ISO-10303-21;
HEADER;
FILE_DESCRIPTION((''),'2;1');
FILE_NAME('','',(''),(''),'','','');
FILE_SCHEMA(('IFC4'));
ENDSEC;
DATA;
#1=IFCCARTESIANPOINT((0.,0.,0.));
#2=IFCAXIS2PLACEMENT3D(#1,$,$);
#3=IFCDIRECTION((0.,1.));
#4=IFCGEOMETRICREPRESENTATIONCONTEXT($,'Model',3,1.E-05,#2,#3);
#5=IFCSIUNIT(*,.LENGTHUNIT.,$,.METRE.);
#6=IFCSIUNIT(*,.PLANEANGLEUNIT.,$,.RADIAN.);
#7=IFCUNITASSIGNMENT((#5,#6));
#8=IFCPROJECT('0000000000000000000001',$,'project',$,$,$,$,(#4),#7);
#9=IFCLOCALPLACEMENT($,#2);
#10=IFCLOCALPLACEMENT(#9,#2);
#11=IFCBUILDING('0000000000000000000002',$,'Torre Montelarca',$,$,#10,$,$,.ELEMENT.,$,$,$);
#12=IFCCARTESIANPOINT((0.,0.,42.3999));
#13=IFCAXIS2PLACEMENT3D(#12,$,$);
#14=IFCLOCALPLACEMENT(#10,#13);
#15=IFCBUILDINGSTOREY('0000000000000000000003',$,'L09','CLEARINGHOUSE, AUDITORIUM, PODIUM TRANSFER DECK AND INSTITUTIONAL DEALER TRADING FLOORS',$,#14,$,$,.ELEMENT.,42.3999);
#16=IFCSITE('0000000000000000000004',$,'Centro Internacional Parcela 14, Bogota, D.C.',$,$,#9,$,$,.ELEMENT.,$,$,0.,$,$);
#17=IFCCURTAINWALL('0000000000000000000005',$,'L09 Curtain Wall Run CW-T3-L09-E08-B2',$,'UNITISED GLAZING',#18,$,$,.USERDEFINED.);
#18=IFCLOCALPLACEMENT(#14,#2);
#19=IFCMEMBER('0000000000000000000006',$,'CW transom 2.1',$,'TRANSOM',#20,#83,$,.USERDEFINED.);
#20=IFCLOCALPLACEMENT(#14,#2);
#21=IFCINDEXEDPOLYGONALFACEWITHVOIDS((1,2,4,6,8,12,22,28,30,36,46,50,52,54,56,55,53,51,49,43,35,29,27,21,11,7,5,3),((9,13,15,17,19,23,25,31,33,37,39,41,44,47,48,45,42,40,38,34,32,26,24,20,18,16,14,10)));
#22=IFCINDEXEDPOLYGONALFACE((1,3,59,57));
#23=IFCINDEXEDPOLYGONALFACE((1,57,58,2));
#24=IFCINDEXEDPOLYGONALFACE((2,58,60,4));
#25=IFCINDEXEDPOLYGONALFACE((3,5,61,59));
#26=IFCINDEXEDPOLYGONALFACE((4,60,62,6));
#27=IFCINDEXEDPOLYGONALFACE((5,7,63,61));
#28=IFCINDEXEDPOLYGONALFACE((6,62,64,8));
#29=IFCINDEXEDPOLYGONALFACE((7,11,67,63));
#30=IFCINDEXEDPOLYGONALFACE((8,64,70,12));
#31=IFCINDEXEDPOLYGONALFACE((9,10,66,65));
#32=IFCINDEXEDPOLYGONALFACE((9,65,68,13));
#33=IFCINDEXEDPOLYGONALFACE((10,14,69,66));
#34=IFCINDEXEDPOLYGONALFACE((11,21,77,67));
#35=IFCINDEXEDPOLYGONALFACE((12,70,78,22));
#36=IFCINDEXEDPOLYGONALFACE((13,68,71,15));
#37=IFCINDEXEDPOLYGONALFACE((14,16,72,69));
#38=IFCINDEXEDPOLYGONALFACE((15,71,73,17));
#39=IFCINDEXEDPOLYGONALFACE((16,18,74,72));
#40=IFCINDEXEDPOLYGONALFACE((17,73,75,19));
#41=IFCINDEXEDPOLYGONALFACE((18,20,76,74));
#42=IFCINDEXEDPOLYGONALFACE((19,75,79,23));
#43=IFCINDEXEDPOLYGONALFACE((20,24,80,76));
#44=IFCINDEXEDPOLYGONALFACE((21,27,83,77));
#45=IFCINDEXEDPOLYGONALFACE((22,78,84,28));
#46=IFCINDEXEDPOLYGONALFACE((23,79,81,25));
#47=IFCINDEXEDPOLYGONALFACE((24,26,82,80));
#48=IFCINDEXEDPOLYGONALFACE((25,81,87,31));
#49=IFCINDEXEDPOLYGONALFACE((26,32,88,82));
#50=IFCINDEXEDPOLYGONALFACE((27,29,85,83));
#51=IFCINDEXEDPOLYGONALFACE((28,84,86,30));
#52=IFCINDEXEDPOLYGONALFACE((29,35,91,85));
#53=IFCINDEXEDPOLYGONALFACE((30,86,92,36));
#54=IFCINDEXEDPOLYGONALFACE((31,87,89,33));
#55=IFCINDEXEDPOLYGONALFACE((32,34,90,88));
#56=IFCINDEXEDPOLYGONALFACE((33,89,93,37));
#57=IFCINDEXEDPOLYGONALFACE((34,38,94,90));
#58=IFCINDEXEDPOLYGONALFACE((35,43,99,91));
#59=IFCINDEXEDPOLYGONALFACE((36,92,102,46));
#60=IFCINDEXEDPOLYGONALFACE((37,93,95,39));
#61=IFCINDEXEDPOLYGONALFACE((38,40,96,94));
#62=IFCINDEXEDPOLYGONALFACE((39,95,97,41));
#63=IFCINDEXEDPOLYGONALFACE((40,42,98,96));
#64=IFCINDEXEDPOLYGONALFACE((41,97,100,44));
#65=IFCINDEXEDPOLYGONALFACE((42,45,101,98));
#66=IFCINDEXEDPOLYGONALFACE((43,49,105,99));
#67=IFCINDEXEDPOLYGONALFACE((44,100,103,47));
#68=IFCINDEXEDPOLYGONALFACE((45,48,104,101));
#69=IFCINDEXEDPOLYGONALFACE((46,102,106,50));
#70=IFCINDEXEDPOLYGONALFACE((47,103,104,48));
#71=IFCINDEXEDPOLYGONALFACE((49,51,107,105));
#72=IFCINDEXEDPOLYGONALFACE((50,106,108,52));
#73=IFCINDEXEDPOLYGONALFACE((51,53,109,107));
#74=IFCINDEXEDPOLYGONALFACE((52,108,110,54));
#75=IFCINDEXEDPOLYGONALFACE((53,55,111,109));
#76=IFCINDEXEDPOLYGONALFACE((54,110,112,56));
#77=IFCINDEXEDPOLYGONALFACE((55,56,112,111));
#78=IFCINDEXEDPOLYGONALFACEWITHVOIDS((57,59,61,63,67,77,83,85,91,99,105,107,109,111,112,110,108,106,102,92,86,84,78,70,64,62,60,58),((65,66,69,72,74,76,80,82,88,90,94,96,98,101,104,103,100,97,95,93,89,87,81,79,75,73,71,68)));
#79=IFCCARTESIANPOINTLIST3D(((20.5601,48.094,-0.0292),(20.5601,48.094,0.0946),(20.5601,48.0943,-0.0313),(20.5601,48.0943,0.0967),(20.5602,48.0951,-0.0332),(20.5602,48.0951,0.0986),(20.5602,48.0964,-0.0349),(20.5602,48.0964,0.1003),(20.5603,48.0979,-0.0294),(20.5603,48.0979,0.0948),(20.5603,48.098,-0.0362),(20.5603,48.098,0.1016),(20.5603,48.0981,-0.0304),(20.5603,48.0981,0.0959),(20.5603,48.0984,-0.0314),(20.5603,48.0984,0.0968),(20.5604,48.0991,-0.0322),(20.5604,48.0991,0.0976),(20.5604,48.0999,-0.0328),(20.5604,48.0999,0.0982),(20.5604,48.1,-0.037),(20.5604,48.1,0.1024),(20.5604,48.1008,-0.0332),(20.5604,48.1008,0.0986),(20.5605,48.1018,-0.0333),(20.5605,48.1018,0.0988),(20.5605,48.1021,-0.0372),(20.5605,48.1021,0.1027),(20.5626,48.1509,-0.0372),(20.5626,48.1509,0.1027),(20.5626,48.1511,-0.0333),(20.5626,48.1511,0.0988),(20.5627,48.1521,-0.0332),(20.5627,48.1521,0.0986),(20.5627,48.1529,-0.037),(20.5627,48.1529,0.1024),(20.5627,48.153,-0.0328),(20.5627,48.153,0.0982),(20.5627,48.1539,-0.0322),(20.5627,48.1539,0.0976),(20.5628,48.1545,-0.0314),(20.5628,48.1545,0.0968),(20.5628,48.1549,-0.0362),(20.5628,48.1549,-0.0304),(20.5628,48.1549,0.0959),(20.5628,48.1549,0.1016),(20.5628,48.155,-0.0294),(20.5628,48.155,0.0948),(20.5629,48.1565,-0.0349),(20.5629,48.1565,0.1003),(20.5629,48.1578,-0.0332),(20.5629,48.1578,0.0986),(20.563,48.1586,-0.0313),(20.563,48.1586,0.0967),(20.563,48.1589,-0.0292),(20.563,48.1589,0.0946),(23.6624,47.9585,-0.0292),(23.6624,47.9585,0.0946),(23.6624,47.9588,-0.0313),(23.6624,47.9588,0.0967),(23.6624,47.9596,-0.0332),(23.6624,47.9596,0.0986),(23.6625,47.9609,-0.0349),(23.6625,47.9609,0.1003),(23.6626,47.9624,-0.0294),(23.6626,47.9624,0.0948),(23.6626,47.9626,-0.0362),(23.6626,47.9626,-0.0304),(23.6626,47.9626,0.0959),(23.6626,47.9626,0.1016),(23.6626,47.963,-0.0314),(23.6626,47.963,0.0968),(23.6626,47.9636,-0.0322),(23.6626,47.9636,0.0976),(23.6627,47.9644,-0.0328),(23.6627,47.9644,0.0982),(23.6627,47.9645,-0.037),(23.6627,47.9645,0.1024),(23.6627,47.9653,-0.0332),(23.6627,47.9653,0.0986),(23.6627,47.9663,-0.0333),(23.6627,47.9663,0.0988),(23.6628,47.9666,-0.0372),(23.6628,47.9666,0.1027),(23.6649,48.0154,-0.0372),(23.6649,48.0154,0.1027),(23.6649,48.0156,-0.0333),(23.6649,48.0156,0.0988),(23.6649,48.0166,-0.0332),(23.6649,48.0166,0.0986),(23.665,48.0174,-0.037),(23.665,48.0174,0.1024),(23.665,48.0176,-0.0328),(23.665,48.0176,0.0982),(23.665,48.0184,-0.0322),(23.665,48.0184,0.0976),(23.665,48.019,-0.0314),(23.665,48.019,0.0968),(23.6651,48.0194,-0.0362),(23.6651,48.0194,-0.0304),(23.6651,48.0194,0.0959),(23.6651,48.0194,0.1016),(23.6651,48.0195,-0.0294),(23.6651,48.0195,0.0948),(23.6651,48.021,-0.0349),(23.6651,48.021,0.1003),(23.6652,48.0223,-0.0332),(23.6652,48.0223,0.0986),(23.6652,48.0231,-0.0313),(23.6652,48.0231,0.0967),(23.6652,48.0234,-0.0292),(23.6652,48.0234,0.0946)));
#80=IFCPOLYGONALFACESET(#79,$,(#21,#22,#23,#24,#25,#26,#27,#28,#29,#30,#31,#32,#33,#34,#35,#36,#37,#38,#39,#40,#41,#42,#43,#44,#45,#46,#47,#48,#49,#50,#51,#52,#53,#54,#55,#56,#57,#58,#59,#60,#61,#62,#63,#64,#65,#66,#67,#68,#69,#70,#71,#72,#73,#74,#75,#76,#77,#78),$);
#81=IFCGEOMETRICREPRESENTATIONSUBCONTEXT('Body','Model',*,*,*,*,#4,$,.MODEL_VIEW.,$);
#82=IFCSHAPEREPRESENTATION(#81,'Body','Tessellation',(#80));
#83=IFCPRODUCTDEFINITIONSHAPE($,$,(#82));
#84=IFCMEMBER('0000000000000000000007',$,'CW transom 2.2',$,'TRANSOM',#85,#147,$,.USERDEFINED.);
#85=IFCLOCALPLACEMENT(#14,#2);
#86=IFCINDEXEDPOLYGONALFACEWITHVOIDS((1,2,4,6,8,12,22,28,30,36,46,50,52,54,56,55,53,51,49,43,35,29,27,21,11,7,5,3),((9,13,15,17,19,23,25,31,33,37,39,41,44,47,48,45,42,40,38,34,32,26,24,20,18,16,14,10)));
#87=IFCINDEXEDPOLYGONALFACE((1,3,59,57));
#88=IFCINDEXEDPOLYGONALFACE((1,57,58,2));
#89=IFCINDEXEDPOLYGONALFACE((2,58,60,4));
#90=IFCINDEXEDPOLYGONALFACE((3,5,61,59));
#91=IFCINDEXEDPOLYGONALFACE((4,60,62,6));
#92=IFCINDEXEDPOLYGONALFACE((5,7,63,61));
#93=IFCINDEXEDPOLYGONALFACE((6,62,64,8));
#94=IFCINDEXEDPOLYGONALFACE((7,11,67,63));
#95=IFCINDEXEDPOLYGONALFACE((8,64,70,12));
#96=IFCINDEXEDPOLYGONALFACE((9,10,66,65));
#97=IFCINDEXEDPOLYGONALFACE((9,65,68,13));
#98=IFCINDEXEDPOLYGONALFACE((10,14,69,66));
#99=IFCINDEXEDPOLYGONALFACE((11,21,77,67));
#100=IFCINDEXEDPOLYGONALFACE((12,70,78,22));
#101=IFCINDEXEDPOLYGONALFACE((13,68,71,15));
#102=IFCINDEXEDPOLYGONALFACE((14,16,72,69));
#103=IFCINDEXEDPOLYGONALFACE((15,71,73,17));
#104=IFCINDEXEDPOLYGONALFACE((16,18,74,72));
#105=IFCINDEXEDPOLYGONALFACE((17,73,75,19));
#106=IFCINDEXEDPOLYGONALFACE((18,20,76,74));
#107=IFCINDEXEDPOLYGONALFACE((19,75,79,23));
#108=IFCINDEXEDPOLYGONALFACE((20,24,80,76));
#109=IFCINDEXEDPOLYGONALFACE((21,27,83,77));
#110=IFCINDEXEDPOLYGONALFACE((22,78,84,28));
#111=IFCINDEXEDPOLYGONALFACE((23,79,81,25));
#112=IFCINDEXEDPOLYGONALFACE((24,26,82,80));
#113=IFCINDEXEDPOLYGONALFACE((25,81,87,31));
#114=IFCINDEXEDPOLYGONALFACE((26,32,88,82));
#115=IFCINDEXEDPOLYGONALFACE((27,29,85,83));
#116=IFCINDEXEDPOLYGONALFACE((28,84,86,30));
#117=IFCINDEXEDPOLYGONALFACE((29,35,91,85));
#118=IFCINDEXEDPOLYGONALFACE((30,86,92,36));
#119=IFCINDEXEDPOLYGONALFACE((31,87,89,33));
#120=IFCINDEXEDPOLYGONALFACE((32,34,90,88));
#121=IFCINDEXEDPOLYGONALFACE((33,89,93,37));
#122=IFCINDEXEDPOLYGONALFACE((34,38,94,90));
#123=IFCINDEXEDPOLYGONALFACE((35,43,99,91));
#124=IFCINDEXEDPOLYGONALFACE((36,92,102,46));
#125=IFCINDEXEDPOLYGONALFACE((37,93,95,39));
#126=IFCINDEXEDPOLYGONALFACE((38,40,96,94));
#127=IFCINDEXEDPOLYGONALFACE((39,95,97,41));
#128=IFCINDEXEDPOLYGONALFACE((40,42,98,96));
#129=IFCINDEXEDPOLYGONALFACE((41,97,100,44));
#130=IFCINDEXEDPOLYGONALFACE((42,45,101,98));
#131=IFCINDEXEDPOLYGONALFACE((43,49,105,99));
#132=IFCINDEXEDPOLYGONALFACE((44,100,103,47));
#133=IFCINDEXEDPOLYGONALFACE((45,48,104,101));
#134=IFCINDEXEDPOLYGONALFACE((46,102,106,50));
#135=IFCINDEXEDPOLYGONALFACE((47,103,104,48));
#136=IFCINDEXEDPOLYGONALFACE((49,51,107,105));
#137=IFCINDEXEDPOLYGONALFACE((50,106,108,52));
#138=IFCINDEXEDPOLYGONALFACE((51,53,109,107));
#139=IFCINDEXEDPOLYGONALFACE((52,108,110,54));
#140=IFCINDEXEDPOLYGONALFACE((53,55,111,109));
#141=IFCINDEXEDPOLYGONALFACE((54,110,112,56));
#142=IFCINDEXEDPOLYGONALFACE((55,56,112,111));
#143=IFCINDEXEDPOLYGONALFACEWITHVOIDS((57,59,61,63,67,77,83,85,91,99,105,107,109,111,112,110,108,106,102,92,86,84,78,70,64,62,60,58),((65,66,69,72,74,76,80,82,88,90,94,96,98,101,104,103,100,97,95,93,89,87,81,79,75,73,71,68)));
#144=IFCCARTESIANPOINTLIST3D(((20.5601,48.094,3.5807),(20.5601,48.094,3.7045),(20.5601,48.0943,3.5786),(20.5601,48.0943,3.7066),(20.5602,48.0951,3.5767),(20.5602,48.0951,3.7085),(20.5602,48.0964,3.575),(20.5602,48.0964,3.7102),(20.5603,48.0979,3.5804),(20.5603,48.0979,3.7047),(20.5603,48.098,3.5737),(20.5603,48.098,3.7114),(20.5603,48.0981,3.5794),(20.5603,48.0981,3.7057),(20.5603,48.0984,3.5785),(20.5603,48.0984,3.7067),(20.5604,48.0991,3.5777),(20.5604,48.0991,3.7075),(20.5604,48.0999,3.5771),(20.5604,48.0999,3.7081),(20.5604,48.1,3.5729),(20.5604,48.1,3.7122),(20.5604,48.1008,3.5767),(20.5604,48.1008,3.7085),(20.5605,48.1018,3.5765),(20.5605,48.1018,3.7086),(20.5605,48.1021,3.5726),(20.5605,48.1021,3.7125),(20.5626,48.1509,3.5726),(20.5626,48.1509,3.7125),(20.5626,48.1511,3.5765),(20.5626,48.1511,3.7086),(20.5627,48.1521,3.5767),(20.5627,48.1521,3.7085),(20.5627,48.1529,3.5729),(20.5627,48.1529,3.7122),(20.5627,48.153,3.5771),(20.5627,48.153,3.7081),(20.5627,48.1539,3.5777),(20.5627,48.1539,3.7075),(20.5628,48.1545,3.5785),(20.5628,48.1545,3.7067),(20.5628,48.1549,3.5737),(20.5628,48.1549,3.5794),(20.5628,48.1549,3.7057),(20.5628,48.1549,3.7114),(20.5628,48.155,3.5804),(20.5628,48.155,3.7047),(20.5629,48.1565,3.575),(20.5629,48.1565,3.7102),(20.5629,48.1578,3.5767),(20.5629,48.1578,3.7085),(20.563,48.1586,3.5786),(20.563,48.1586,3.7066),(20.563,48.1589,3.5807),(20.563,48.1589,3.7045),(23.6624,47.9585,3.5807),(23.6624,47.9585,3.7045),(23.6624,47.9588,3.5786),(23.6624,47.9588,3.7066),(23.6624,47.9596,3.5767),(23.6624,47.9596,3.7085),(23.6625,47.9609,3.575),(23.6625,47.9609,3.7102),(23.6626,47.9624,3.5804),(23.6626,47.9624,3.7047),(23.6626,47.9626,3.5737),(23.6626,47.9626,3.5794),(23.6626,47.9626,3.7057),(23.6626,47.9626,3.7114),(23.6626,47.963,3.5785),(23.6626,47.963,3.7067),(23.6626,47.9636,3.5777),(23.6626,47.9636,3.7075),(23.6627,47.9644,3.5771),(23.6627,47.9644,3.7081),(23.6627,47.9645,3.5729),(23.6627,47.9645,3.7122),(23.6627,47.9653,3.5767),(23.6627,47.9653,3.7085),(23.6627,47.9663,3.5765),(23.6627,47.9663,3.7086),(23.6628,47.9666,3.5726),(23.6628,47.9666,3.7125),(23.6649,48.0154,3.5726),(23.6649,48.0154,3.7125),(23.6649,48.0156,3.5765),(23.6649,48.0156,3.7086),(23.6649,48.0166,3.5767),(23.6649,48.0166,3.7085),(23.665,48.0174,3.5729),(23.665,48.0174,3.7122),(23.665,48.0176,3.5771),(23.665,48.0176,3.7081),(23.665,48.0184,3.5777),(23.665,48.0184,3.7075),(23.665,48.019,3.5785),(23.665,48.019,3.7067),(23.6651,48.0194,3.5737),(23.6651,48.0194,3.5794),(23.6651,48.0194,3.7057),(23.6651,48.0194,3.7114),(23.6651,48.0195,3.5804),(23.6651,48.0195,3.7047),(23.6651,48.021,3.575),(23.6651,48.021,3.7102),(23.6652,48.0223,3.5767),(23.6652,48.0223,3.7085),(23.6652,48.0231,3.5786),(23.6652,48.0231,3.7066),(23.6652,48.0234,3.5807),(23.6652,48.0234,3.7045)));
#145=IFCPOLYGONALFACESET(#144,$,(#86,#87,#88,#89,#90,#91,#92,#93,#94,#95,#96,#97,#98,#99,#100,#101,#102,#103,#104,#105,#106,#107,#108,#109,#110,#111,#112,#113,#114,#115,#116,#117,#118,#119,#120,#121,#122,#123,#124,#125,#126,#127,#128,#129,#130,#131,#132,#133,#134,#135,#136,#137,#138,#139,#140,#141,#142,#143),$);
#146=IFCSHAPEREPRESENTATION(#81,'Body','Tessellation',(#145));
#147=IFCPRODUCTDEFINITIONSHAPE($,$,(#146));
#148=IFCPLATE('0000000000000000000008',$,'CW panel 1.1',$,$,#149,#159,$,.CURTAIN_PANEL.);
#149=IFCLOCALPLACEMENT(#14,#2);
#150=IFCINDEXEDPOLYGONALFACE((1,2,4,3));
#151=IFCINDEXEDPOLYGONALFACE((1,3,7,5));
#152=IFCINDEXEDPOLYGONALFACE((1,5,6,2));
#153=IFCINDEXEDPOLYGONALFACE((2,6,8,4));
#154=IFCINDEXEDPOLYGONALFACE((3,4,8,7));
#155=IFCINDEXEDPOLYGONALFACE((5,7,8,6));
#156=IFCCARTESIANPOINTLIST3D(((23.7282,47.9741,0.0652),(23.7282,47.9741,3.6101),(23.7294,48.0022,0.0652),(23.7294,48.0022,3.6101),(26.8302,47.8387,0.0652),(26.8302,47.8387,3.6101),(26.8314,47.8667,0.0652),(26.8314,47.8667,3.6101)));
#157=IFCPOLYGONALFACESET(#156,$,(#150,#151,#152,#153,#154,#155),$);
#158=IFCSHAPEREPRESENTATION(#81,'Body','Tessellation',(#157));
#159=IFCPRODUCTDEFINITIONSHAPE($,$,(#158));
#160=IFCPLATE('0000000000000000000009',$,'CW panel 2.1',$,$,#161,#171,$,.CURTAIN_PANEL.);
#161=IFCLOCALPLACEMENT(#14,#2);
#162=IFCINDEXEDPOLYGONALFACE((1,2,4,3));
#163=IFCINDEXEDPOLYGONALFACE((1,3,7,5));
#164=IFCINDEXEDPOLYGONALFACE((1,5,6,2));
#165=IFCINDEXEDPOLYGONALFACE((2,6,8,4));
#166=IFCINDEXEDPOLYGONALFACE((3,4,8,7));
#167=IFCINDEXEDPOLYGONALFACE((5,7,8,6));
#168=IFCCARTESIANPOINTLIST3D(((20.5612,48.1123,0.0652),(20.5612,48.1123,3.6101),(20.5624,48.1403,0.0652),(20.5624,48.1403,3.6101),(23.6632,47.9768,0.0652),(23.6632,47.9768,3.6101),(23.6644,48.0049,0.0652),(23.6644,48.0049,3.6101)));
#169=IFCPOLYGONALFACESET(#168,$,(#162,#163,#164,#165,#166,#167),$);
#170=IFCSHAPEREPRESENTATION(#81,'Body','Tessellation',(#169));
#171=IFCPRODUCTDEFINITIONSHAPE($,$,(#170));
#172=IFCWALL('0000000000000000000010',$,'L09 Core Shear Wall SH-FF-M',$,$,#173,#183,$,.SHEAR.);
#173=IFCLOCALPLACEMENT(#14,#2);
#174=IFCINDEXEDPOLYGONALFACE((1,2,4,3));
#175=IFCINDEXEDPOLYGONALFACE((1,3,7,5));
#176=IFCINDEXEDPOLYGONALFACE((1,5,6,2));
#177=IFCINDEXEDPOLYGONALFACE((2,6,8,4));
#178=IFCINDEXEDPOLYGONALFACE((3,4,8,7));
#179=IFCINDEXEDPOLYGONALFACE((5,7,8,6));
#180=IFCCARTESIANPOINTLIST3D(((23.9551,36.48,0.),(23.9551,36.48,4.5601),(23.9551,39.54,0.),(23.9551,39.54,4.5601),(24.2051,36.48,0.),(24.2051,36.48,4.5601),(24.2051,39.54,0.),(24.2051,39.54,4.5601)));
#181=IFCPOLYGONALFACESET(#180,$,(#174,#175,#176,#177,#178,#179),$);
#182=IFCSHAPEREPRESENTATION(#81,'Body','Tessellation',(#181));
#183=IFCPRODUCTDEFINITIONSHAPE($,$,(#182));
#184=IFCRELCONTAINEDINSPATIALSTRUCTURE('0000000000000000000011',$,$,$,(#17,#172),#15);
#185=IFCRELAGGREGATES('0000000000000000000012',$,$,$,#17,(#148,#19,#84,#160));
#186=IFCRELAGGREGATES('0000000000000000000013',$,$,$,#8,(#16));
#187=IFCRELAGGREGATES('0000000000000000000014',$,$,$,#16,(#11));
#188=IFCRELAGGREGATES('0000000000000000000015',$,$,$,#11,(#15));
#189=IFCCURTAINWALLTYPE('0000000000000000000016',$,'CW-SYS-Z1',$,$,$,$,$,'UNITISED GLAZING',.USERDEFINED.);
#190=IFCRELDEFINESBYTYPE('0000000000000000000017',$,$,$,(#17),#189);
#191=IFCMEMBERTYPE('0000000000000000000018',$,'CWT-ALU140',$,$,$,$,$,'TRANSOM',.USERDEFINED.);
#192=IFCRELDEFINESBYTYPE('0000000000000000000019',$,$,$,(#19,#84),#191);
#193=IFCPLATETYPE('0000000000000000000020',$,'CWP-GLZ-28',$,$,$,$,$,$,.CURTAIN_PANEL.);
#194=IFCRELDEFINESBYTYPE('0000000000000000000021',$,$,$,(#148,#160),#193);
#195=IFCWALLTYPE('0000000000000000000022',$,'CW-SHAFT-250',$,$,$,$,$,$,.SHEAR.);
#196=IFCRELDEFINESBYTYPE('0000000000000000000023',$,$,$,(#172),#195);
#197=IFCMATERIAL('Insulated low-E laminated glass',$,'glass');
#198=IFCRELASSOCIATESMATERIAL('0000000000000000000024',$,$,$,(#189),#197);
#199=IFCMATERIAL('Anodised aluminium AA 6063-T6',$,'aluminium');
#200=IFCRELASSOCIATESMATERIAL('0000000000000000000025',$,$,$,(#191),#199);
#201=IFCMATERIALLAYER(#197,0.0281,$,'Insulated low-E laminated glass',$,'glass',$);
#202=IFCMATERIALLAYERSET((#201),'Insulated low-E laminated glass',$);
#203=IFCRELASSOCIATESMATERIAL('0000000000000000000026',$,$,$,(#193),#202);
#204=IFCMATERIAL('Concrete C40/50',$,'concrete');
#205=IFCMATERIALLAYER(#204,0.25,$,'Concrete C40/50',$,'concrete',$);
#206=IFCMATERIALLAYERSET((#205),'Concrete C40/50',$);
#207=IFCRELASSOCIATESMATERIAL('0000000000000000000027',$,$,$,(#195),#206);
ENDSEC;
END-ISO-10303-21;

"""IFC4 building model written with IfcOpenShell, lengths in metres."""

from ifc_helpers import new_model, si_unit, direction, frame, frame_2d, origin, origin_2d, place, context, subcontext, project, spatial, rectangle, hollow_rectangle, extrude, source, transform, mapped, material, layer, layer_set, material_profile, profile_set, type_object, element, aggregate, save


model = new_model("IFC4")

# Units and contexts
model_context = context("Model", 3, precision=1e-05, world=origin(), true_north=direction((0.0, 1.0)))
body_context = subcontext(model_context, "Body", "Model", "MODEL_VIEW")
ifc_project = project(units=[si_unit("LENGTHUNIT", "METRE"), si_unit("PLANEANGLEUNIT", "RADIAN")], contexts=[model_context])

# Site, building, storey
site_placement = place(None, origin())
site = spatial("IfcSite", under=ifc_project, at=site_placement, Name="Centro Internacional Parcela 14, Bogota, D.C.", CompositionType="ELEMENT", RefElevation=0.0)
building_placement = place(site_placement, origin())
building = spatial("IfcBuilding", under=site, at=building_placement, Name="Torre Montelarca", CompositionType="ELEMENT")
storey_placement = place(building_placement, frame((0.0, 0.0, 42.3999)))
storey = spatial("IfcBuildingStorey", under=building, at=storey_placement, Name="L09", Description="CLEARINGHOUSE, AUDITORIUM, PODIUM TRANSFER DECK AND INSTITUTIONAL DEALER TRADING FLOORS", CompositionType="ELEMENT", Elevation=42.3999)

# Shared definitions
ifc_material_1 = material(Name="Insulated low-E laminated glass", Category="glass")
curtain_wall_type = type_object("IfcCurtainWallType", Name="CW-SYS-Z1", ElementType="UNITISED GLAZING", PredefinedType="USERDEFINED", material=ifc_material_1)
ifc_material_2 = material(Name="Anodised aluminium AA 6063-T6", Category="aluminium")

# Curtain wall, members, plates
curtain_wall_1_placement = place(storey_placement, origin())
curtain_wall_1 = element("IfcCurtainWall", 1, at=curtain_wall_1_placement, inside=storey, type_object=curtain_wall_type, Name="L09 Curtain Wall Run CW-T3-L09-E08-B2", ObjectType="UNITISED GLAZING", PredefinedType="USERDEFINED")
ifc_material_profile_1 = material_profile(ifc_material_2, hollow_rectangle(XDim=0.0649, YDim=0.1399, WallThickness=0.0039, InnerFilletRadius=0.0039, OuterFilletRadius=0.0081, at=origin_2d()), Name="ALU65X140X4", Category="aluminium")
ifc_profile_set_1 = profile_set([ifc_material_profile_1], Name="Anodised aluminium AA 6063-T6")
member_type_1 = type_object("IfcMemberType", Name="CWT-ALU140", ElementType="TRANSOM", PredefinedType="USERDEFINED", material=ifc_profile_set_1)
shared_shape_1 = source(origin(), body_context, "Body", "SweptSolid", [
    extrude(hollow_rectangle(XDim=0.0649, YDim=0.1399, WallThickness=0.0039, InnerFilletRadius=0.0039, OuterFilletRadius=0.0081, at=origin_2d()), origin(), (0.0, 0.0, 1.0), 3.1052),
])
member_1_placement = place(storey_placement, frame((23.6638, 47.991, 0.0327), z_axis=(-0.999048, 0.043635, 0.0), x_axis=(-0.043635, -0.999048, 0.0)))
member_1 = element("IfcMember", 2, at=member_1_placement, type_object=member_type_1, Name="CW transom 2.1", ObjectType="TRANSOM", PredefinedType="USERDEFINED", context=body_context, shape_type="MappedRepresentation", body=[
    mapped(shared_shape_1, transform((0.0, 0.0, 0.0), scale=1.0)),
])
member_2_placement = place(storey_placement, frame((23.6638, 47.991, 3.6426), z_axis=(-0.999048, 0.043635, 0.0), x_axis=(-0.043635, -0.999048, 0.0)))
member_2 = element("IfcMember", 3, at=member_2_placement, type_object=member_type_1, Name="CW transom 2.2", ObjectType="TRANSOM", PredefinedType="USERDEFINED", context=body_context, shape_type="MappedRepresentation", body=[
    mapped(shared_shape_1, transform((0.0, 0.0, 0.0), scale=1.0)),
])
ifc_layer_1 = layer(ifc_material_1, 0.0281, Name="Insulated low-E laminated glass", Category="glass")
ifc_layer_set_1 = layer_set([ifc_layer_1], Name="Insulated low-E laminated glass")
plate_type = type_object("IfcPlateType", Name="CWP-GLZ-28", PredefinedType="CURTAIN_PANEL", material=ifc_layer_set_1)
shared_shape_2 = source(origin(), body_context, "Body", "SweptSolid", [
    extrude(rectangle(XDim=3.105, YDim=0.0281, at=origin_2d()), origin(), (0.0, 0.0, 1.0), 3.5449),
])
plate_1_placement = place(storey_placement, frame((25.2798, 47.9204, 0.0652), z_axis=(0.0, 0.0, 1.0), x_axis=(-0.999048, 0.043622, 0.0)))
plate_1 = element("IfcPlate", 4, at=plate_1_placement, type_object=plate_type, Name="CW panel 1.1", PredefinedType="CURTAIN_PANEL", context=body_context, shape_type="MappedRepresentation", body=[
    mapped(shared_shape_2, transform((0.0, 0.0, 0.0), scale=1.0)),
])
plate_2_placement = place(storey_placement, frame((22.1128, 48.0586, 0.0652), z_axis=(0.0, 0.0, 1.0), x_axis=(-0.999048, 0.043622, 0.0)))
plate_2 = element("IfcPlate", 5, at=plate_2_placement, type_object=plate_type, Name="CW panel 2.1", PredefinedType="CURTAIN_PANEL", context=body_context, shape_type="MappedRepresentation", body=[
    mapped(shared_shape_2, transform((0.0, 0.0, 0.0), scale=1.0)),
])
aggregate(curtain_wall_1, [plate_1, member_1, member_2, plate_2])

# Wall
ifc_material_3 = material(Name="Concrete C40/50", Category="concrete")
ifc_layer_2 = layer(ifc_material_3, 0.25, Name="Concrete C40/50", Category="concrete")
ifc_layer_set_2 = layer_set([ifc_layer_2], Name="Concrete C40/50")
wall_type = type_object("IfcWallType", Name="CW-SHAFT-250", PredefinedType="SHEAR", material=ifc_layer_set_2)
wall_placement = place(storey_placement, frame((24.0801, 36.48, 0.0), z_axis=(0.0, 0.0, 1.0), x_axis=(0.0, 1.0, 0.0)))
element("IfcWall", 6, at=wall_placement, inside=storey, type_object=wall_type, Name="L09 Core Shear Wall SH-FF-M", PredefinedType="SHEAR", context=body_context, shape_type="SweptSolid", body=[
    extrude(rectangle(XDim=3.0601, YDim=0.25, at=frame_2d((1.53, 0.0))), origin(), (0.0, 0.0, 1.0), 4.5601),
])

save(model, "model.ifc")
